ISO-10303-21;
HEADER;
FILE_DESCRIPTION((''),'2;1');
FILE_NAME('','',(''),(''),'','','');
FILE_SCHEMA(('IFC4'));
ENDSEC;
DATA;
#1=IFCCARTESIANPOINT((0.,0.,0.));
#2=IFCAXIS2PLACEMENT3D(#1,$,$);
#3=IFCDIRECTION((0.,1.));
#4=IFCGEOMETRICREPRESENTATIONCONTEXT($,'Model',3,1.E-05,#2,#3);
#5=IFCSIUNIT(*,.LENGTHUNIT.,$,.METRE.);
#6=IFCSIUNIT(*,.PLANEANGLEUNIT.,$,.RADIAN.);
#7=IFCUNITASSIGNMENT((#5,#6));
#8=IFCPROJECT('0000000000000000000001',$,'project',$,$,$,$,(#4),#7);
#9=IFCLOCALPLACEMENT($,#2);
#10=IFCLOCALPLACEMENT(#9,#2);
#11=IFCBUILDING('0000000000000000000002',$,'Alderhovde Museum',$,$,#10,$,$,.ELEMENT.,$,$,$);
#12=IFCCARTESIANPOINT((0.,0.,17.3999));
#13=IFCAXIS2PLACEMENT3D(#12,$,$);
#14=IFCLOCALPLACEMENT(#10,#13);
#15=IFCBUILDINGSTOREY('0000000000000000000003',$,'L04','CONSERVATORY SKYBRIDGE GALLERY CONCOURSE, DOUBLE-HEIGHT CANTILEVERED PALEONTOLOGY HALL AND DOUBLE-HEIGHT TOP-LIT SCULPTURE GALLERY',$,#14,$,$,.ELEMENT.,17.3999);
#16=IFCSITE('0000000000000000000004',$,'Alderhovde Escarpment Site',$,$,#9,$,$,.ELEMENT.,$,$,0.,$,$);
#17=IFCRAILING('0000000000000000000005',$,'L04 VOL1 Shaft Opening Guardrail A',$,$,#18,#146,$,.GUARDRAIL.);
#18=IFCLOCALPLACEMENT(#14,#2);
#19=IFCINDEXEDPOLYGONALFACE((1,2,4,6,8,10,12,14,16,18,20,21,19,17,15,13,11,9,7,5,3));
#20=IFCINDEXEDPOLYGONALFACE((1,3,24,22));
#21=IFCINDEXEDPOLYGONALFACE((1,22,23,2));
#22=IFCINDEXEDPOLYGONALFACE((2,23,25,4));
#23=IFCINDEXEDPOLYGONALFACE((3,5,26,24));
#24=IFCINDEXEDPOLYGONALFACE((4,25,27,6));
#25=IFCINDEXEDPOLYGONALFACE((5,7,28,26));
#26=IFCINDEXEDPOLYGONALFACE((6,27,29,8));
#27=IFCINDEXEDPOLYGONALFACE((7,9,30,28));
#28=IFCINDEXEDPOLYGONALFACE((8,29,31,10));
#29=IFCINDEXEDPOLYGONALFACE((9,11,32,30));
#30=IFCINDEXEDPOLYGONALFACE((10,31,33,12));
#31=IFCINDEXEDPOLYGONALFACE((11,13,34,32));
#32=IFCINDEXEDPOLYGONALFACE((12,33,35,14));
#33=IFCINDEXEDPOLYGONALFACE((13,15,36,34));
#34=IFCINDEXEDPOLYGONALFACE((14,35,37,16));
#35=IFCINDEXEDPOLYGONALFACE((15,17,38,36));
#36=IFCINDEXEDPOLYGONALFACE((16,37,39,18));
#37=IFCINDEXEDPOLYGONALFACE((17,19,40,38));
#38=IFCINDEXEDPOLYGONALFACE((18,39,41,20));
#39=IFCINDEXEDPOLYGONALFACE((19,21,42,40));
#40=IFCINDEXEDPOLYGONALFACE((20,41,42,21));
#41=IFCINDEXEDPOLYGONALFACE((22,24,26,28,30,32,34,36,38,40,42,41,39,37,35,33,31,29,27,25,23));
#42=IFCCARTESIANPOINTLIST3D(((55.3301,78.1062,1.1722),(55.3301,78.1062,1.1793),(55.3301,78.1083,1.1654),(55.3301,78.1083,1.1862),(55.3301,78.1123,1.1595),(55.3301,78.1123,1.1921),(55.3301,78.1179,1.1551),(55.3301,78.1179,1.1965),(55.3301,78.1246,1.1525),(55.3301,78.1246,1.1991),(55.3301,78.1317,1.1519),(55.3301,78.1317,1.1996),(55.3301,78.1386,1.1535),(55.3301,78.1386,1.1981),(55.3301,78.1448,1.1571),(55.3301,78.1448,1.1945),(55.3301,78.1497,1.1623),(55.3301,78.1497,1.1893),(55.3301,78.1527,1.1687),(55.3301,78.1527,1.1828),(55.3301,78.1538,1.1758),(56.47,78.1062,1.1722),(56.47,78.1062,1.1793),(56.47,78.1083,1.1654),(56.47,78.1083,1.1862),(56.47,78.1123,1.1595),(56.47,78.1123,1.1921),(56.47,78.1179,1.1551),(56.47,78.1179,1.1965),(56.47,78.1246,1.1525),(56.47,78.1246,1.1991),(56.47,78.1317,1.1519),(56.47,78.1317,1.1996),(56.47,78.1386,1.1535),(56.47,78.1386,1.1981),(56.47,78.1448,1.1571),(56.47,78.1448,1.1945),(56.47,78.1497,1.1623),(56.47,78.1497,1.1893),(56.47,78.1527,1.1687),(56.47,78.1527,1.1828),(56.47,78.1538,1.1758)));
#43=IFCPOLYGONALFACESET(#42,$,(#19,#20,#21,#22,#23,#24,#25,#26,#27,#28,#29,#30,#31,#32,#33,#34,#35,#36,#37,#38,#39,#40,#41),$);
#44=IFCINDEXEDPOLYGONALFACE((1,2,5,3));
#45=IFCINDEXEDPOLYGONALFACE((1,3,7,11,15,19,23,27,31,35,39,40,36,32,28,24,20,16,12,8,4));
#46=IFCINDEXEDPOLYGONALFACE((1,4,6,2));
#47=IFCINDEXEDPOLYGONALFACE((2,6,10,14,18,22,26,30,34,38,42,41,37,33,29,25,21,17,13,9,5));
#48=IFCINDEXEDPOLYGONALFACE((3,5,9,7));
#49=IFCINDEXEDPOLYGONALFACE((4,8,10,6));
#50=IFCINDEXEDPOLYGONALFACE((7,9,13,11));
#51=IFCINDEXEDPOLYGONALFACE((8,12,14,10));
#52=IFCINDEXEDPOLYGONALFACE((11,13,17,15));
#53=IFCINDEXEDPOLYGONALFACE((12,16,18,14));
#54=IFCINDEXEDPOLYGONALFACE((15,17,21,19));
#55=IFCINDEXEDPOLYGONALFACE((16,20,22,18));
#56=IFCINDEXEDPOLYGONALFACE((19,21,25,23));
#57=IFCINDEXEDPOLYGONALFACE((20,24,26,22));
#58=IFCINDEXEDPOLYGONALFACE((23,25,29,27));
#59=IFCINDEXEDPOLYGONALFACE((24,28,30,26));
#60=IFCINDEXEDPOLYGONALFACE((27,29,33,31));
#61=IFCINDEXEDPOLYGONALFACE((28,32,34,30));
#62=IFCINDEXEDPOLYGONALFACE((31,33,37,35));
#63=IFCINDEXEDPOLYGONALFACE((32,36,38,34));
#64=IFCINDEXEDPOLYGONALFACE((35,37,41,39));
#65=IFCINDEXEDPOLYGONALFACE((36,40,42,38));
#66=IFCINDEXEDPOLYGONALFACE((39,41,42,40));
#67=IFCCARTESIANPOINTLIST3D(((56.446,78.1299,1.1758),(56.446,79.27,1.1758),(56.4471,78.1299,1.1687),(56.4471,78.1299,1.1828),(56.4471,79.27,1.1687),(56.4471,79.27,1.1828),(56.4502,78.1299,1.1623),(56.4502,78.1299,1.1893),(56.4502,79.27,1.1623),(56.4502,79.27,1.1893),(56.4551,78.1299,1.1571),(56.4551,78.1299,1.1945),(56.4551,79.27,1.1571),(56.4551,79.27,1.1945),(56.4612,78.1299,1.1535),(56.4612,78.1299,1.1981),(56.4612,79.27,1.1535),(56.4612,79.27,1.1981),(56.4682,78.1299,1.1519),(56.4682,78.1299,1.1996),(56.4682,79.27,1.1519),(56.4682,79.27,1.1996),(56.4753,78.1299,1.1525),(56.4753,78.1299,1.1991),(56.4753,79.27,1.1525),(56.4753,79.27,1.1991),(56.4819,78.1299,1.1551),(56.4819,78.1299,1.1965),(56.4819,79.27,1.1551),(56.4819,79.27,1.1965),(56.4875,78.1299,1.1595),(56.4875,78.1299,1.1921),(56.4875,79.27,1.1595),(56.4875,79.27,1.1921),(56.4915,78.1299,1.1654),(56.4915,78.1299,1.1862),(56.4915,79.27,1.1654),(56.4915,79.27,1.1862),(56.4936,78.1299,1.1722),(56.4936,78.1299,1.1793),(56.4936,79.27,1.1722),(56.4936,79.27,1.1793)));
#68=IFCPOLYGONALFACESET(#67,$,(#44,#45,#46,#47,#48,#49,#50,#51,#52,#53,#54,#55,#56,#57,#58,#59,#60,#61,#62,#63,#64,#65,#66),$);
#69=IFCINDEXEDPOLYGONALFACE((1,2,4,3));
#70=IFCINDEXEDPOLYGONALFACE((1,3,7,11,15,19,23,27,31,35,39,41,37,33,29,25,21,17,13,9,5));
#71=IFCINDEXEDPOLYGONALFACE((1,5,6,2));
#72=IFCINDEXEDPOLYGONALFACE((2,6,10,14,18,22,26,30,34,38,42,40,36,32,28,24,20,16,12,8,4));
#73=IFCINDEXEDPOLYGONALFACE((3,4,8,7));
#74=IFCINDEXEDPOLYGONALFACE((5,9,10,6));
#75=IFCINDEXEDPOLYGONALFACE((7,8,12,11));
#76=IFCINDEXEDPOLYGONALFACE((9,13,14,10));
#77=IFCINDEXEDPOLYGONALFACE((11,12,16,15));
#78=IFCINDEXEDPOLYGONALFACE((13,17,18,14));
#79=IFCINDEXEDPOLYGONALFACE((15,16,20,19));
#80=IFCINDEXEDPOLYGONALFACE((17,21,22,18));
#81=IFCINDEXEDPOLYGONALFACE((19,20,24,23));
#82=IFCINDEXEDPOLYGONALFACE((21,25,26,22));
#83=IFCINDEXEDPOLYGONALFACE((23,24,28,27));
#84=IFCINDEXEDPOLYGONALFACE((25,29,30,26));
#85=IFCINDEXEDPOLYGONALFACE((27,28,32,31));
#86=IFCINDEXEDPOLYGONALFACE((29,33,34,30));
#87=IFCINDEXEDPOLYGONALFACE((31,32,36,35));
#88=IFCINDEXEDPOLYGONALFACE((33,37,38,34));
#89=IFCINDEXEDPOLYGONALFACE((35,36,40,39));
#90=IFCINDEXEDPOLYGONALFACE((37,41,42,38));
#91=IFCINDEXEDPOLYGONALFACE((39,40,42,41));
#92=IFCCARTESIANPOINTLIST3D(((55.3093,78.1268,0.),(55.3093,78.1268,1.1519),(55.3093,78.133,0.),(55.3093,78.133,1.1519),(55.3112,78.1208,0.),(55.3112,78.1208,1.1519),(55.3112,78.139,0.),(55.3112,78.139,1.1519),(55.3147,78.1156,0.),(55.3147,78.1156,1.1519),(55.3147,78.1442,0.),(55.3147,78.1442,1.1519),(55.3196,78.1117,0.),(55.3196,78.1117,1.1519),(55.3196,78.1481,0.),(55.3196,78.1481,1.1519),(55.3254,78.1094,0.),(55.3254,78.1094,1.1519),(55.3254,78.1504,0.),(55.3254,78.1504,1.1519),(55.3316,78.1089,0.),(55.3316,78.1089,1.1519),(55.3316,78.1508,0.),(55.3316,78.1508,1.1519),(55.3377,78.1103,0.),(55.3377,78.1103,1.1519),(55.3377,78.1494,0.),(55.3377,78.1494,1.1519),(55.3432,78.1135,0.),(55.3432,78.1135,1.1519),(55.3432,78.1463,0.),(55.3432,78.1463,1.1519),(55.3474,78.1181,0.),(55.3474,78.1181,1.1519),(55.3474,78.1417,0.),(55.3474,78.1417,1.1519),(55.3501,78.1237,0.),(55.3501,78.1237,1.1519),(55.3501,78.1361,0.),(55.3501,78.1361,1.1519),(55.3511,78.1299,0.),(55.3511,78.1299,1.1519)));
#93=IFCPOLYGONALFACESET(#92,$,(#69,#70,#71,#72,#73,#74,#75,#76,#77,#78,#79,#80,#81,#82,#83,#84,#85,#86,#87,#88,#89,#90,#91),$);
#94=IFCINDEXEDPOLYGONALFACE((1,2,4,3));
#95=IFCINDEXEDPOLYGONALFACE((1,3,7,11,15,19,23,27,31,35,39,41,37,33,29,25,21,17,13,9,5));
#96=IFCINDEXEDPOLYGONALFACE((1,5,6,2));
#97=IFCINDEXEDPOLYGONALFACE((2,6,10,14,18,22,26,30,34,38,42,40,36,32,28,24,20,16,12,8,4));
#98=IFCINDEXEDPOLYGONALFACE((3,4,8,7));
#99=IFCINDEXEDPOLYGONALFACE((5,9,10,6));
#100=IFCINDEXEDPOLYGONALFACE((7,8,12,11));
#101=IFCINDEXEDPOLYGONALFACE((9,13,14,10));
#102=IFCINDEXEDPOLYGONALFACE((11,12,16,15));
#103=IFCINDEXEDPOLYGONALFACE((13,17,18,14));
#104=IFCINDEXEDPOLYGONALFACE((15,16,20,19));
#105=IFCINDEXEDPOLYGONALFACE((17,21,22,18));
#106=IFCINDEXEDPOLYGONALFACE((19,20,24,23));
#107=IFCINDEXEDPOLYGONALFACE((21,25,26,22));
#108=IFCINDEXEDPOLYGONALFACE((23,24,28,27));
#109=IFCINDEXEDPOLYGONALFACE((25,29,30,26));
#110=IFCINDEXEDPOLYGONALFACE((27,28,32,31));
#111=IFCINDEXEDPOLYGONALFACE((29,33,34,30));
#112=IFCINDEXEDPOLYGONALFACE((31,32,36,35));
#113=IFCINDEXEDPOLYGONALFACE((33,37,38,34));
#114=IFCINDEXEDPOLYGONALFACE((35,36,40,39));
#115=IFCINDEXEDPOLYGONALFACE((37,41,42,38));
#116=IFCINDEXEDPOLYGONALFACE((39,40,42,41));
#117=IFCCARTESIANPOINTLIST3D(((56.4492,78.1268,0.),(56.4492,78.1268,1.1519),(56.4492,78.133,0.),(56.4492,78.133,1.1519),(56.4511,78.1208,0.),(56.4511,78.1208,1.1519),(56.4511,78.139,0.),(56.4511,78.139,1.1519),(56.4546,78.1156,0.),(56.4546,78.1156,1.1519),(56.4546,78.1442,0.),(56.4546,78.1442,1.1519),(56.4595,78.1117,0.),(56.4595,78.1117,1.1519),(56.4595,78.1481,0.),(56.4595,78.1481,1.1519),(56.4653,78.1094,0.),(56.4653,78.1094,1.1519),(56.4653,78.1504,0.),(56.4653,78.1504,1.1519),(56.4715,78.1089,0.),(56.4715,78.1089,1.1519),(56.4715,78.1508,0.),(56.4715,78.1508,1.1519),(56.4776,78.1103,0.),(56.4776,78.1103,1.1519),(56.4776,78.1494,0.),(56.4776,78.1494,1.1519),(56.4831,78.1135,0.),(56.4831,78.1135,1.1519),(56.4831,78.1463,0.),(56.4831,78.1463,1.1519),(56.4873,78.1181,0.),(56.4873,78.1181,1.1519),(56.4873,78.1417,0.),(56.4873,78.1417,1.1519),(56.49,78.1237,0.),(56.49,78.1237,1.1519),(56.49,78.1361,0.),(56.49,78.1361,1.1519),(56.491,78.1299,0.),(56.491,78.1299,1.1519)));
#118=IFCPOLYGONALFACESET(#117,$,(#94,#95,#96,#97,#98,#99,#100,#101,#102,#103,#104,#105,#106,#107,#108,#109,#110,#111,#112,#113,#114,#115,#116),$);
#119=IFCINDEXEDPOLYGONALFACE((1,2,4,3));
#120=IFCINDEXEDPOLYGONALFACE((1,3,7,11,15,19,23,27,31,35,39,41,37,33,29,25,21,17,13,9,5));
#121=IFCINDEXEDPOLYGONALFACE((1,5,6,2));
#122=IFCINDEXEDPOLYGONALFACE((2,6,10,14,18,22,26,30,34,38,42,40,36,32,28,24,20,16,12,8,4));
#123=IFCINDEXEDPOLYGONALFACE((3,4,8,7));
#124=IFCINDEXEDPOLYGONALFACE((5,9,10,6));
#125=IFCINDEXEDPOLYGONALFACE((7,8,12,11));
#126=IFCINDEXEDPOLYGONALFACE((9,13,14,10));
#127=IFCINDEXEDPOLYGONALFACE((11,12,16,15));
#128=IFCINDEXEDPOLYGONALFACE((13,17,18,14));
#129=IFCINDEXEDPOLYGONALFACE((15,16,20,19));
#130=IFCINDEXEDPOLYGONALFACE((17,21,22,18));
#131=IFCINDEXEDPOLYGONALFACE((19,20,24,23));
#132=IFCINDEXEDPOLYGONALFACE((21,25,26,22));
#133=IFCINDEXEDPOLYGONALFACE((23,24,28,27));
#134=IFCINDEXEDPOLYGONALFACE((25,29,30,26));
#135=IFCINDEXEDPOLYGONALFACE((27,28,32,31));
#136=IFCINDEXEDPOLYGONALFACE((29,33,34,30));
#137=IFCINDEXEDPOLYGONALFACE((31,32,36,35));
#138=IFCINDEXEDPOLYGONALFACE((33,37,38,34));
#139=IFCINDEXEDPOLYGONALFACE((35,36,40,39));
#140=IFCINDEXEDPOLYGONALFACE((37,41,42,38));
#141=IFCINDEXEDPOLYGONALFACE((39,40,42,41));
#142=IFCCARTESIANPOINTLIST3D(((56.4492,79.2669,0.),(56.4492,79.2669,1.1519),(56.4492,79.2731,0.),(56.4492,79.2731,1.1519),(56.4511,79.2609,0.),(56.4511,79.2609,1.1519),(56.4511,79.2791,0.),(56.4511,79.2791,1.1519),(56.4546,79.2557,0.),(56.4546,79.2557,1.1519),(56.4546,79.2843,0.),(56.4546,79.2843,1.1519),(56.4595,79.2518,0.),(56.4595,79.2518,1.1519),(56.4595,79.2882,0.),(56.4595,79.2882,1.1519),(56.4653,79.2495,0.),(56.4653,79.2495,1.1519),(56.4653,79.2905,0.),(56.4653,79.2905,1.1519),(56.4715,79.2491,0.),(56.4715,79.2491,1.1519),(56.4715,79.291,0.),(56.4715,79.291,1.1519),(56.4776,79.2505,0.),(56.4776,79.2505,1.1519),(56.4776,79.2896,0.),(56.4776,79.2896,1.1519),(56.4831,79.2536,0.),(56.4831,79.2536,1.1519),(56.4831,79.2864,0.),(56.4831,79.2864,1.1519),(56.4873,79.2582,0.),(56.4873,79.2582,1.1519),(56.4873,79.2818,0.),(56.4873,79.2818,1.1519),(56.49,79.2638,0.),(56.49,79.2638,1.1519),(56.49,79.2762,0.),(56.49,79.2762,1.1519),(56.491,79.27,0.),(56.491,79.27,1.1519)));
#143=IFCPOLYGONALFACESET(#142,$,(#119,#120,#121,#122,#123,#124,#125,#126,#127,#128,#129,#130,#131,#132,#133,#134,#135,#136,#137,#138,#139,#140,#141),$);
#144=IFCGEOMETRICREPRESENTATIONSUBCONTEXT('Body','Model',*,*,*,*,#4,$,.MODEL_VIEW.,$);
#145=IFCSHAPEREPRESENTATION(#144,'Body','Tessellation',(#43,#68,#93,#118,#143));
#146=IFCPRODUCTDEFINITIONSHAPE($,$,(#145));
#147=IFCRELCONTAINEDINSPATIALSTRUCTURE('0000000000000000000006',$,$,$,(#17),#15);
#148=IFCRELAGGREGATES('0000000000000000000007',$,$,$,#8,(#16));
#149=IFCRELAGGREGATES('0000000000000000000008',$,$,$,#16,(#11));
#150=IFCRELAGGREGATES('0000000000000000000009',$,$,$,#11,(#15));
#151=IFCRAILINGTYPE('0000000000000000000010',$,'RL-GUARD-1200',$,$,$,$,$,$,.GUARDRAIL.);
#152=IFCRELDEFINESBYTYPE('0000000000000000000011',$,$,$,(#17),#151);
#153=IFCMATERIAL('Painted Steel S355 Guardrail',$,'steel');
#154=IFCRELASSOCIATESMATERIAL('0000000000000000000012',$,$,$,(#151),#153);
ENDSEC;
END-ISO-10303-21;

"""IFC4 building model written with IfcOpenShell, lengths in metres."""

from ifc_helpers import new_model, si_unit, direction, frame, origin, origin_2d, place, context, subcontext, project, spatial, circle, extrude, material, type_object, element, save


model = new_model("IFC4")

# Units and contexts
model_context = context("Model", 3, precision=1e-05, world=origin(), true_north=direction((0.0, 1.0)))
body_context = subcontext(model_context, "Body", "Model", "MODEL_VIEW")
ifc_project = project(units=[si_unit("LENGTHUNIT", "METRE"), si_unit("PLANEANGLEUNIT", "RADIAN")], contexts=[model_context])

# Site, building, storey
site_placement = place(None, origin())
site = spatial("IfcSite", under=ifc_project, at=site_placement, Name="Alderhovde Escarpment Site", CompositionType="ELEMENT", RefElevation=0.0)
building_placement = place(site_placement, origin())
building = spatial("IfcBuilding", under=site, at=building_placement, Name="Alderhovde Museum", CompositionType="ELEMENT")
storey_placement = place(building_placement, frame((0.0, 0.0, 17.3999)))
storey = spatial("IfcBuildingStorey", under=building, at=storey_placement, Name="L04", Description="CONSERVATORY SKYBRIDGE GALLERY CONCOURSE, DOUBLE-HEIGHT CANTILEVERED PALEONTOLOGY HALL AND DOUBLE-HEIGHT TOP-LIT SCULPTURE GALLERY", CompositionType="ELEMENT", Elevation=17.3999)

# Railing
ifc_material_1 = material(Name="Painted Steel S355 Guardrail", Category="steel")
railing_type = type_object("IfcRailingType", Name="RL-GUARD-1200", PredefinedType="GUARDRAIL", material=ifc_material_1)
railing_1_placement = place(storey_placement, frame((55.3301, 78.1299, 0.0)))
element("IfcRailing", 1, at=railing_1_placement, inside=storey, type_object=railing_type, Name="L04 VOL1 Shaft Opening Guardrail A", PredefinedType="GUARDRAIL", context=body_context, shape_type="SweptSolid", body=[
    extrude(circle(Radius=0.0239, at=origin_2d()), frame((0.0, 0.0, 1.1758), z_axis=(1.0, 0.0, 0.0), x_axis=(0.0, 1.0, 0.0)), (0.0, 0.0, 1.0), 1.1399),
    extrude(circle(Radius=0.0239, at=origin_2d()), frame((1.1399, 0.0, 1.1758), z_axis=(0.0, 1.0, 0.0), x_axis=(-1.0, 0.0, 0.0)), (0.0, 0.0, 1.0), 1.1401),
    extrude(circle(Radius=0.021, at=origin_2d()), origin(), (0.0, 0.0, 1.0), 1.1519),
    extrude(circle(Radius=0.021, at=origin_2d()), frame((1.1399, 0.0, 0.0)), (0.0, 0.0, 1.0), 1.1519),
    extrude(circle(Radius=0.021, at=origin_2d()), frame((1.1399, 1.1401, 0.0)), (0.0, 0.0, 1.0), 1.1519),
])

save(model, "model.ifc")
